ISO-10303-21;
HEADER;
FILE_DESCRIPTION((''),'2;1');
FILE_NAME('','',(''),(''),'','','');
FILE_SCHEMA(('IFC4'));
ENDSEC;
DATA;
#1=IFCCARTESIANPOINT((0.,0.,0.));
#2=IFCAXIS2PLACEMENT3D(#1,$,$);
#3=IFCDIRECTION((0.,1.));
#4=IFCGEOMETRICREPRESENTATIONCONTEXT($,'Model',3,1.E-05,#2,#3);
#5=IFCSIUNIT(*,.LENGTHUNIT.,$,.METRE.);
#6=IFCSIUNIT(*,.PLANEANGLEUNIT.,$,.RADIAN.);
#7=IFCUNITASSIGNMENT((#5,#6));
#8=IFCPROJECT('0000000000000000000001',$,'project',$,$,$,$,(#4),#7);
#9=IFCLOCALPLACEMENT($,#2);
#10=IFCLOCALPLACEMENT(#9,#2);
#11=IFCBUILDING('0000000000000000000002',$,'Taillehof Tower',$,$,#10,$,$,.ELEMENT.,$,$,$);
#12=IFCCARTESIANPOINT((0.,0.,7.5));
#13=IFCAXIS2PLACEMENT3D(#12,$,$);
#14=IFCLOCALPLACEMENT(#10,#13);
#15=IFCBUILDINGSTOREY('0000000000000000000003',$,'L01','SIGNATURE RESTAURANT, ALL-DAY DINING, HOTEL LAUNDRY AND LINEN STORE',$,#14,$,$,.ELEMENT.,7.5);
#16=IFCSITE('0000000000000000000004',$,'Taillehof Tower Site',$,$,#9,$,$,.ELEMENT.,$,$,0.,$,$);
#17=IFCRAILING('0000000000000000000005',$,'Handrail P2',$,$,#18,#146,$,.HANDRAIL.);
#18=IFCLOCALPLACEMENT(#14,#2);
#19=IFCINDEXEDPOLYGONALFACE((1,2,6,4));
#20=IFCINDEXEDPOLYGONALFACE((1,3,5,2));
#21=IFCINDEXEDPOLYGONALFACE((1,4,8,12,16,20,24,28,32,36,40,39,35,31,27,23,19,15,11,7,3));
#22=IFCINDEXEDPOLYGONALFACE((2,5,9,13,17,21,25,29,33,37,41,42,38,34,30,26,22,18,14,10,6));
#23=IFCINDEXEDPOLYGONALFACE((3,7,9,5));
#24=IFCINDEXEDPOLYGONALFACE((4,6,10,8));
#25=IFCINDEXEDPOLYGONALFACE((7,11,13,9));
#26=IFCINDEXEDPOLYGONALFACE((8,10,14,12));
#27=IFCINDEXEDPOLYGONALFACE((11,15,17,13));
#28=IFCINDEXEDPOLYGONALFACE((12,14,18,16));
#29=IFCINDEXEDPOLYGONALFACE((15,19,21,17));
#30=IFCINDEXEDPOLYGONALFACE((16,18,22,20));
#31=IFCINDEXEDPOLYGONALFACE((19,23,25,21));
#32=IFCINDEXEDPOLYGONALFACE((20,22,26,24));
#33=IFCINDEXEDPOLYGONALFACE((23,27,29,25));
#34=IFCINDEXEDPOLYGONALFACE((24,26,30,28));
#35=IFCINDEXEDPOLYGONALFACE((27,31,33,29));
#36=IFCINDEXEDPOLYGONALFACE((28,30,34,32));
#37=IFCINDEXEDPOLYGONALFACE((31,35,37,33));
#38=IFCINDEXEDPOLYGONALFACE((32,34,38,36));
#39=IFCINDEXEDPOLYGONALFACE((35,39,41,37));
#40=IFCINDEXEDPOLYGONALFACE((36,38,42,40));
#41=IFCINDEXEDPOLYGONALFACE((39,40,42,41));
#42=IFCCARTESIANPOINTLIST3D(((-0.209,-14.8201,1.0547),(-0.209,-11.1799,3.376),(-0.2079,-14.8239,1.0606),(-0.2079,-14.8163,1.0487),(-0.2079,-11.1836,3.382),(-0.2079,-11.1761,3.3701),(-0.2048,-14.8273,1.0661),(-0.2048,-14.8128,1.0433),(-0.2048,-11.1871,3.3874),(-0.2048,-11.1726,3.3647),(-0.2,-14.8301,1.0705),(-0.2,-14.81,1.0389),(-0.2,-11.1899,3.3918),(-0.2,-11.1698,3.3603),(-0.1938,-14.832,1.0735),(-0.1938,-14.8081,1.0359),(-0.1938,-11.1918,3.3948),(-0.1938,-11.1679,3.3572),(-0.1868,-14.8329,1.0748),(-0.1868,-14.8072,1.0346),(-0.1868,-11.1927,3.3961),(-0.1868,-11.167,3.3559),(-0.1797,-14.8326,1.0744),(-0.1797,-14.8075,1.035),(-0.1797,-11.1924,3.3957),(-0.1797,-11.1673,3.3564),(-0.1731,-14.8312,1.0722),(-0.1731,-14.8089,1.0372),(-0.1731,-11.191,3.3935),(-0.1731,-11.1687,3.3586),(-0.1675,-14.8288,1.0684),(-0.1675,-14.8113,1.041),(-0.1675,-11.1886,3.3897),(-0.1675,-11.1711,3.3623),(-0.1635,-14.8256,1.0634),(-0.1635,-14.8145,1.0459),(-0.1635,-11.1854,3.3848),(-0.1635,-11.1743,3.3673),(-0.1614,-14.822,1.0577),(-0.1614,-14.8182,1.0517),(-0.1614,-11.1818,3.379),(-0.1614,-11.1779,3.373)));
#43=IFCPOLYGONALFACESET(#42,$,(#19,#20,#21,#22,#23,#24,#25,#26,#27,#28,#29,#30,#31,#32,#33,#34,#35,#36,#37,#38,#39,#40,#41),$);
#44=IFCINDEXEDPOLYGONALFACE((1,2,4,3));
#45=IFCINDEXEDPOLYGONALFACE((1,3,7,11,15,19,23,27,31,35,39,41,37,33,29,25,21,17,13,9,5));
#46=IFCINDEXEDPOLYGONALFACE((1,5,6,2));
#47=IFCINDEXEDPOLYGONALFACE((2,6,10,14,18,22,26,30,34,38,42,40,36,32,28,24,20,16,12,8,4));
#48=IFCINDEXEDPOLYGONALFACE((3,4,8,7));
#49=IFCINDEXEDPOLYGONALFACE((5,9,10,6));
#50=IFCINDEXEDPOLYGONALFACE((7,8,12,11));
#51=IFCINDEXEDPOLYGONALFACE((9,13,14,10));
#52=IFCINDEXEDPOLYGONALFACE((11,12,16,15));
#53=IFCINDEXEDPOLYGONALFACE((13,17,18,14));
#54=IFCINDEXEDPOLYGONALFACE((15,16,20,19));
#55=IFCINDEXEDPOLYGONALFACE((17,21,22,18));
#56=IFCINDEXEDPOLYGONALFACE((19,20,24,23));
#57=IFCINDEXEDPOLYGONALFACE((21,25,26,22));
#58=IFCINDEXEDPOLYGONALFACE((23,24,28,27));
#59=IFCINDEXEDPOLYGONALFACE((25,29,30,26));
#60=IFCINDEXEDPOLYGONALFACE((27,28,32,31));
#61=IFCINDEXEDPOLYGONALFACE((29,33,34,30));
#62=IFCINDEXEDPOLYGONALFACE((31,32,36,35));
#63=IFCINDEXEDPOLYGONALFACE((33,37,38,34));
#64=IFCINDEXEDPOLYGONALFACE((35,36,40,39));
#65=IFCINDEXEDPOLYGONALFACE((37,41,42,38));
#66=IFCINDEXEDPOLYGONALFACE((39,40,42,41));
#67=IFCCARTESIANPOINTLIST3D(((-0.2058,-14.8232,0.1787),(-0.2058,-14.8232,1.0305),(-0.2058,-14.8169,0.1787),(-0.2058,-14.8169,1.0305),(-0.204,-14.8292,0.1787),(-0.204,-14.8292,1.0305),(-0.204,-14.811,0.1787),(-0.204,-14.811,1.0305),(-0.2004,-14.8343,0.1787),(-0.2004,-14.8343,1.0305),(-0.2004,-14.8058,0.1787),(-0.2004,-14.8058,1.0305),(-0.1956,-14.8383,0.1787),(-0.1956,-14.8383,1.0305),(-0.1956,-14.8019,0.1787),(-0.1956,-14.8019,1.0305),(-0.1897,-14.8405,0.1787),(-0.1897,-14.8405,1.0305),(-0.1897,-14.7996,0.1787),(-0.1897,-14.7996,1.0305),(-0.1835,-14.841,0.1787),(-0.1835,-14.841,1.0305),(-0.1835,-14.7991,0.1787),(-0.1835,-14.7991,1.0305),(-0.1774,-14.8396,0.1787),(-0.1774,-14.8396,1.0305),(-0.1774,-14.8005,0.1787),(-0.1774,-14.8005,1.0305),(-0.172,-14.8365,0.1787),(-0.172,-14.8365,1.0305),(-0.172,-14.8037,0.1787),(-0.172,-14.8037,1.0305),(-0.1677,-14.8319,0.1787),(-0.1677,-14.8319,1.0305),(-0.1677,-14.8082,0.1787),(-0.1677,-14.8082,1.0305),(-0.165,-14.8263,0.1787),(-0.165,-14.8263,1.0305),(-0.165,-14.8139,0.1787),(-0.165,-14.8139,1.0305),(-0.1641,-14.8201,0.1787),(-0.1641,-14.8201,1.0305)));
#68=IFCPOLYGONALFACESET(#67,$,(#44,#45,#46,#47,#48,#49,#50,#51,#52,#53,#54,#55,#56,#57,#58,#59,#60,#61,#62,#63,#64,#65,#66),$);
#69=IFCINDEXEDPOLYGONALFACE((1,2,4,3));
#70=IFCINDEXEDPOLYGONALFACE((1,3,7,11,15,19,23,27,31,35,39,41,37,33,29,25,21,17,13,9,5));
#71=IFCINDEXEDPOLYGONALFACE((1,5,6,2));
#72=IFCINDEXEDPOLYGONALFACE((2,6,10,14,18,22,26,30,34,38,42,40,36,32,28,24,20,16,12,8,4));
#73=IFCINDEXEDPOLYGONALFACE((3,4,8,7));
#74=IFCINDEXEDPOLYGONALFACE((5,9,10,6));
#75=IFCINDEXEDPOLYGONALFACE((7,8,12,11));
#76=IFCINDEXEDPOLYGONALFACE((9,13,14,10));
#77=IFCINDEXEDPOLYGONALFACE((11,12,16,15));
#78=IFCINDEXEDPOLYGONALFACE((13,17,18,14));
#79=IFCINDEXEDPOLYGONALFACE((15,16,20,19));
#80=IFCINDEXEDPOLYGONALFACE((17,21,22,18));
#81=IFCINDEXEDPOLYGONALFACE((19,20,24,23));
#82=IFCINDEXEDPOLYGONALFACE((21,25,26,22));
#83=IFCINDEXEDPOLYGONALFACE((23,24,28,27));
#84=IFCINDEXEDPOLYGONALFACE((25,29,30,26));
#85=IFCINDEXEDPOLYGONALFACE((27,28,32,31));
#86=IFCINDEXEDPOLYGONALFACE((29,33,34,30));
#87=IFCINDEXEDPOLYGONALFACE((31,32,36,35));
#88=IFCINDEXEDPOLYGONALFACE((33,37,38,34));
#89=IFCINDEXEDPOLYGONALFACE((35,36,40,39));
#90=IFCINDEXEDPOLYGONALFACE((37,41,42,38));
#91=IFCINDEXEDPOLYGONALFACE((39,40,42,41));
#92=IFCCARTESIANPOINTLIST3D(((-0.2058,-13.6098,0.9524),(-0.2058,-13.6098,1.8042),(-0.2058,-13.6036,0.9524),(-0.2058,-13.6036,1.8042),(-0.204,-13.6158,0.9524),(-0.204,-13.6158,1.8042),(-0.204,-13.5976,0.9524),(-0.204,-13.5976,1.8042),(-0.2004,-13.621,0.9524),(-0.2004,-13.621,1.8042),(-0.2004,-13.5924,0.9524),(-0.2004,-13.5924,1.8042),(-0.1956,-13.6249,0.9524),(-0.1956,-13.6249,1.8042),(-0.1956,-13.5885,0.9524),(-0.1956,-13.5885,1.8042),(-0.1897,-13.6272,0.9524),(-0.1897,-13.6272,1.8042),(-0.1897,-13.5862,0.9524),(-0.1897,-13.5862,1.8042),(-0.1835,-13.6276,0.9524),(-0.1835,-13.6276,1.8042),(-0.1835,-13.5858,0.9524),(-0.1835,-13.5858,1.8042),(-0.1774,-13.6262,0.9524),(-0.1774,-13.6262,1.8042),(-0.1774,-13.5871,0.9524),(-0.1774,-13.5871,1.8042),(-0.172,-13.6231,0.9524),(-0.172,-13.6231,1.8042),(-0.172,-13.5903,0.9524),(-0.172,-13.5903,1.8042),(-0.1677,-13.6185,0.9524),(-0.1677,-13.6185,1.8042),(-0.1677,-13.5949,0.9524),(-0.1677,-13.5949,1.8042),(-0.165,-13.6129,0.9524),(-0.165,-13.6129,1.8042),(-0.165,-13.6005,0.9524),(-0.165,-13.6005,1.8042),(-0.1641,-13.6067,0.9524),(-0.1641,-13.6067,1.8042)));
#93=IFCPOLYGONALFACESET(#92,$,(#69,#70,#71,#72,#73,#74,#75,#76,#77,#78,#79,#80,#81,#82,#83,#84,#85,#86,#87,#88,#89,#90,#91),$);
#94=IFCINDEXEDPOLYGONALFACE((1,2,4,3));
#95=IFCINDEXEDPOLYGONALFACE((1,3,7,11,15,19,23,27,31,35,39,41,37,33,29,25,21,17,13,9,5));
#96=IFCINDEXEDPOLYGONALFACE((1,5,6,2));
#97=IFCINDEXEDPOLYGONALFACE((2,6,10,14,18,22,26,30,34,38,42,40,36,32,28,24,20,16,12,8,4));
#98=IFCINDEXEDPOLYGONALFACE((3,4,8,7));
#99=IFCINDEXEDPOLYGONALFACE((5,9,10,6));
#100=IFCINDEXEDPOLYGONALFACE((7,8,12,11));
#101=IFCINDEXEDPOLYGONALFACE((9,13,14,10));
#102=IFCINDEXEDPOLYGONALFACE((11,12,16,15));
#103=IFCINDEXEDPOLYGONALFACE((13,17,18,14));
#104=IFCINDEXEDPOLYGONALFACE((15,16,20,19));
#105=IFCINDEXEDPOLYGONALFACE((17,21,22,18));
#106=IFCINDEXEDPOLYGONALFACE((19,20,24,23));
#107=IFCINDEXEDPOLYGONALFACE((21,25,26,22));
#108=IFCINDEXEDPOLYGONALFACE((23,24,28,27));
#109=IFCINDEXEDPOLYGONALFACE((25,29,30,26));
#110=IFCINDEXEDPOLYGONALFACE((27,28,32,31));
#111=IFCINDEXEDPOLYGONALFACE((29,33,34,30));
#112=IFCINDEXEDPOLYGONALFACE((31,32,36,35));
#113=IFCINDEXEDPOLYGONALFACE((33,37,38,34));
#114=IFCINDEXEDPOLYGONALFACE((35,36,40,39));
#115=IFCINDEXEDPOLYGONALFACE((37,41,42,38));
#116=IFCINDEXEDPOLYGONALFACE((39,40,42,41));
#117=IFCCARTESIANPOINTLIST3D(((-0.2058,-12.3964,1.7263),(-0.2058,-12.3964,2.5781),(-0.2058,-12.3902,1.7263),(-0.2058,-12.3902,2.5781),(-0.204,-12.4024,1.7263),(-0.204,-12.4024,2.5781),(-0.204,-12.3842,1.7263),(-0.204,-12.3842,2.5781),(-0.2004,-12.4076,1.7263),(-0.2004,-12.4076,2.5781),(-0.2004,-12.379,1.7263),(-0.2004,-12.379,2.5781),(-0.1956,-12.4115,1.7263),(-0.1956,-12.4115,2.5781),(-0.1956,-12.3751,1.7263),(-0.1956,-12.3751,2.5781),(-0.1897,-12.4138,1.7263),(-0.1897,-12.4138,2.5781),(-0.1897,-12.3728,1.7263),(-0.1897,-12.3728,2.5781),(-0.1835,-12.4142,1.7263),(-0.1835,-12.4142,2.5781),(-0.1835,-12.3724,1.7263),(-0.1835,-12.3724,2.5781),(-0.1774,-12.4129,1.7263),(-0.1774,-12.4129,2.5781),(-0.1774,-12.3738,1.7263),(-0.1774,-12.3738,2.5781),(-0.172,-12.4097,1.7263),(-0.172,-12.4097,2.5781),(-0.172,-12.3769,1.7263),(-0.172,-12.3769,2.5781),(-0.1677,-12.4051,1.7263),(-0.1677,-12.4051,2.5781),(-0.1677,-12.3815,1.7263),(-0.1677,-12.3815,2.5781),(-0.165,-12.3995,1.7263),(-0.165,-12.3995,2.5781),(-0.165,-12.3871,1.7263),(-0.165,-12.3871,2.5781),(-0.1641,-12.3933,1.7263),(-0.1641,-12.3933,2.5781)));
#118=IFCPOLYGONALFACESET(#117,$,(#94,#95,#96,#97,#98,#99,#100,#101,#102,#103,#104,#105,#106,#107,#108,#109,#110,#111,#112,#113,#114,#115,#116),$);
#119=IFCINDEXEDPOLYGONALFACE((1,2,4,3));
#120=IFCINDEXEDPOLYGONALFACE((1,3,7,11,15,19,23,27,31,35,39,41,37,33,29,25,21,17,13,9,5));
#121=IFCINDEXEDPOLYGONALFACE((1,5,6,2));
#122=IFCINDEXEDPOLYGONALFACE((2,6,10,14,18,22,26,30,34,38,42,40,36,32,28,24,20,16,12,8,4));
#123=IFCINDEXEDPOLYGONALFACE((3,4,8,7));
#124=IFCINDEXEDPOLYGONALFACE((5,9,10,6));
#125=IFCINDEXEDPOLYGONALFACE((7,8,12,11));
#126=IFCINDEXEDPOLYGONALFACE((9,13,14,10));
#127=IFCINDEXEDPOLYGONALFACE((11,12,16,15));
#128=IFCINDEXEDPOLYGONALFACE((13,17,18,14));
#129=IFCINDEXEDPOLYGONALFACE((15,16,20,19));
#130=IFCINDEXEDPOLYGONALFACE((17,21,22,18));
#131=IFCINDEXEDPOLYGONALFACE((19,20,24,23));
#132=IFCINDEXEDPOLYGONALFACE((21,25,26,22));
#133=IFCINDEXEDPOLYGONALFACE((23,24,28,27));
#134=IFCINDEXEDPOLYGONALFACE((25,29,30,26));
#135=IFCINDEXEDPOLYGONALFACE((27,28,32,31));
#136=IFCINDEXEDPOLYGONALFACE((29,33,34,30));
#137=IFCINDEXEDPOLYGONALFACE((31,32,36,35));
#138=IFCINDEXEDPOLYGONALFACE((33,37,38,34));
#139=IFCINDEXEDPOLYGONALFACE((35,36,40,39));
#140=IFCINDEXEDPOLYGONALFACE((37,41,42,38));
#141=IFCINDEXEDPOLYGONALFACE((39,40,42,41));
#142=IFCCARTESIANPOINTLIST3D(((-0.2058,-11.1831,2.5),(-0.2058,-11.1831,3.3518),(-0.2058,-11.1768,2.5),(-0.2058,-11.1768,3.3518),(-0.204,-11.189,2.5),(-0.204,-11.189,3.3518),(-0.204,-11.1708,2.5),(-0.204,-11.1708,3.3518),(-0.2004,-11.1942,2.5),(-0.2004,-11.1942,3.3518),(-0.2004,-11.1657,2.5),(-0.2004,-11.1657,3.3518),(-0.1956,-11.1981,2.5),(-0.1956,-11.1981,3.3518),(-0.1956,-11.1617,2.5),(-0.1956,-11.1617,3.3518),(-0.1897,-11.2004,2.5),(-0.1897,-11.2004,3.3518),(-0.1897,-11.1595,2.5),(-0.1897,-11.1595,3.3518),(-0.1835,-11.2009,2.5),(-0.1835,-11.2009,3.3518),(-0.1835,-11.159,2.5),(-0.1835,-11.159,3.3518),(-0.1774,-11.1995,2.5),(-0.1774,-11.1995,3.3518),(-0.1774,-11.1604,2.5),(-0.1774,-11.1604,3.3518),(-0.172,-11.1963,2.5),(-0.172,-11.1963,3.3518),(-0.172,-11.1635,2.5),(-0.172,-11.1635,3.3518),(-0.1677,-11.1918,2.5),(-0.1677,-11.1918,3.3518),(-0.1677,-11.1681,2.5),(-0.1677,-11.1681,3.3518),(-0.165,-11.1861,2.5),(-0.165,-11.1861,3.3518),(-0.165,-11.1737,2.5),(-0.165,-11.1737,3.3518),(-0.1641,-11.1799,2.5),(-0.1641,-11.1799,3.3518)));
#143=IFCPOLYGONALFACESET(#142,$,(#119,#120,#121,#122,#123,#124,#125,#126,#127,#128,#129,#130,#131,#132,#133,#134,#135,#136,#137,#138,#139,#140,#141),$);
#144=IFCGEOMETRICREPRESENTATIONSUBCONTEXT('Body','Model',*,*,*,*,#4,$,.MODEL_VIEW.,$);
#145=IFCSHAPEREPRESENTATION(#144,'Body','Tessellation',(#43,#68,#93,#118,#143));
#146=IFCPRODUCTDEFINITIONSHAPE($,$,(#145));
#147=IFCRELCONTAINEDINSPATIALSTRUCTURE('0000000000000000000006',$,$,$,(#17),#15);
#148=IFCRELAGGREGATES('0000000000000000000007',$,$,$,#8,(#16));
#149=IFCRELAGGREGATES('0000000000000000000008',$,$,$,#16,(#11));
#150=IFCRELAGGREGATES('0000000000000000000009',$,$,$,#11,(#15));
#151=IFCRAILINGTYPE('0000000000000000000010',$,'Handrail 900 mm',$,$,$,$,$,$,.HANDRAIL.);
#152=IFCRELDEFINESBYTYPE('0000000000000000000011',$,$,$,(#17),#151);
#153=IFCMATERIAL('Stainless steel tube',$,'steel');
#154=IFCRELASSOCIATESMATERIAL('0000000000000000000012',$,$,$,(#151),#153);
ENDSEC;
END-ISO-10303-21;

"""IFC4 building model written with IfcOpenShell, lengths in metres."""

from ifc_helpers import new_model, si_unit, direction, frame, origin, origin_2d, place, context, subcontext, project, spatial, circle, extrude, material, type_object, element, save


model = new_model("IFC4")

# Units and contexts
model_context = context("Model", 3, precision=1e-05, world=origin(), true_north=direction((0.0, 1.0)))
body_context = subcontext(model_context, "Body", "Model", "MODEL_VIEW")
ifc_project = project(units=[si_unit("LENGTHUNIT", "METRE"), si_unit("PLANEANGLEUNIT", "RADIAN")], contexts=[model_context])

# Site, building, storey
site_placement = place(None, origin())
site = spatial("IfcSite", under=ifc_project, at=site_placement, Name="Taillehof Tower Site", CompositionType="ELEMENT", RefElevation=0.0)
building_placement = place(site_placement, origin())
building = spatial("IfcBuilding", under=site, at=building_placement, Name="Taillehof Tower", CompositionType="ELEMENT")
storey_placement = place(building_placement, frame((0.0, 0.0, 7.5)))
storey = spatial("IfcBuildingStorey", under=building, at=storey_placement, Name="L01", Description="SIGNATURE RESTAURANT, ALL-DAY DINING, HOTEL LAUNDRY AND LINEN STORE", CompositionType="ELEMENT", Elevation=7.5)

# Railing
ifc_material_1 = material(Name="Stainless steel tube", Category="steel")
railing_type_1 = type_object("IfcRailingType", Name="Handrail 900 mm", PredefinedType="HANDRAIL", material=ifc_material_1)
for number, where, name in (
    (1, (-0.1851, -14.8201, 0.1787), "Handrail P2"),
):
    element("IfcRailing", number, at=place(storey_placement, frame(where)), inside=storey, type_object=railing_type_1, Name=name, PredefinedType="HANDRAIL", context=body_context, shape_type="SweptSolid", body=[
        extrude(circle(Radius=0.0239, at=origin_2d()), frame((0.0, 0.0, 0.876), z_axis=(0.0, 0.843153, 0.537673), x_axis=(-1.0, 0.0, 0.0)), (0.0, 0.0, 1.0), 4.3174),
        extrude(circle(Radius=0.021, at=origin_2d()), origin(), (0.0, 0.0, 1.0), 0.8518),
        extrude(circle(Radius=0.021, at=origin_2d()), frame((0.0, 1.2134, 0.7737)), (0.0, 0.0, 1.0), 0.8518),
        extrude(circle(Radius=0.021, at=origin_2d()), frame((0.0, 2.4268, 1.5476)), (0.0, 0.0, 1.0), 0.8518),
        extrude(circle(Radius=0.021, at=origin_2d()), frame((0.0, 3.6401, 2.3213)), (0.0, 0.0, 1.0), 0.8518),
    ])

save(model, "model.ifc")
